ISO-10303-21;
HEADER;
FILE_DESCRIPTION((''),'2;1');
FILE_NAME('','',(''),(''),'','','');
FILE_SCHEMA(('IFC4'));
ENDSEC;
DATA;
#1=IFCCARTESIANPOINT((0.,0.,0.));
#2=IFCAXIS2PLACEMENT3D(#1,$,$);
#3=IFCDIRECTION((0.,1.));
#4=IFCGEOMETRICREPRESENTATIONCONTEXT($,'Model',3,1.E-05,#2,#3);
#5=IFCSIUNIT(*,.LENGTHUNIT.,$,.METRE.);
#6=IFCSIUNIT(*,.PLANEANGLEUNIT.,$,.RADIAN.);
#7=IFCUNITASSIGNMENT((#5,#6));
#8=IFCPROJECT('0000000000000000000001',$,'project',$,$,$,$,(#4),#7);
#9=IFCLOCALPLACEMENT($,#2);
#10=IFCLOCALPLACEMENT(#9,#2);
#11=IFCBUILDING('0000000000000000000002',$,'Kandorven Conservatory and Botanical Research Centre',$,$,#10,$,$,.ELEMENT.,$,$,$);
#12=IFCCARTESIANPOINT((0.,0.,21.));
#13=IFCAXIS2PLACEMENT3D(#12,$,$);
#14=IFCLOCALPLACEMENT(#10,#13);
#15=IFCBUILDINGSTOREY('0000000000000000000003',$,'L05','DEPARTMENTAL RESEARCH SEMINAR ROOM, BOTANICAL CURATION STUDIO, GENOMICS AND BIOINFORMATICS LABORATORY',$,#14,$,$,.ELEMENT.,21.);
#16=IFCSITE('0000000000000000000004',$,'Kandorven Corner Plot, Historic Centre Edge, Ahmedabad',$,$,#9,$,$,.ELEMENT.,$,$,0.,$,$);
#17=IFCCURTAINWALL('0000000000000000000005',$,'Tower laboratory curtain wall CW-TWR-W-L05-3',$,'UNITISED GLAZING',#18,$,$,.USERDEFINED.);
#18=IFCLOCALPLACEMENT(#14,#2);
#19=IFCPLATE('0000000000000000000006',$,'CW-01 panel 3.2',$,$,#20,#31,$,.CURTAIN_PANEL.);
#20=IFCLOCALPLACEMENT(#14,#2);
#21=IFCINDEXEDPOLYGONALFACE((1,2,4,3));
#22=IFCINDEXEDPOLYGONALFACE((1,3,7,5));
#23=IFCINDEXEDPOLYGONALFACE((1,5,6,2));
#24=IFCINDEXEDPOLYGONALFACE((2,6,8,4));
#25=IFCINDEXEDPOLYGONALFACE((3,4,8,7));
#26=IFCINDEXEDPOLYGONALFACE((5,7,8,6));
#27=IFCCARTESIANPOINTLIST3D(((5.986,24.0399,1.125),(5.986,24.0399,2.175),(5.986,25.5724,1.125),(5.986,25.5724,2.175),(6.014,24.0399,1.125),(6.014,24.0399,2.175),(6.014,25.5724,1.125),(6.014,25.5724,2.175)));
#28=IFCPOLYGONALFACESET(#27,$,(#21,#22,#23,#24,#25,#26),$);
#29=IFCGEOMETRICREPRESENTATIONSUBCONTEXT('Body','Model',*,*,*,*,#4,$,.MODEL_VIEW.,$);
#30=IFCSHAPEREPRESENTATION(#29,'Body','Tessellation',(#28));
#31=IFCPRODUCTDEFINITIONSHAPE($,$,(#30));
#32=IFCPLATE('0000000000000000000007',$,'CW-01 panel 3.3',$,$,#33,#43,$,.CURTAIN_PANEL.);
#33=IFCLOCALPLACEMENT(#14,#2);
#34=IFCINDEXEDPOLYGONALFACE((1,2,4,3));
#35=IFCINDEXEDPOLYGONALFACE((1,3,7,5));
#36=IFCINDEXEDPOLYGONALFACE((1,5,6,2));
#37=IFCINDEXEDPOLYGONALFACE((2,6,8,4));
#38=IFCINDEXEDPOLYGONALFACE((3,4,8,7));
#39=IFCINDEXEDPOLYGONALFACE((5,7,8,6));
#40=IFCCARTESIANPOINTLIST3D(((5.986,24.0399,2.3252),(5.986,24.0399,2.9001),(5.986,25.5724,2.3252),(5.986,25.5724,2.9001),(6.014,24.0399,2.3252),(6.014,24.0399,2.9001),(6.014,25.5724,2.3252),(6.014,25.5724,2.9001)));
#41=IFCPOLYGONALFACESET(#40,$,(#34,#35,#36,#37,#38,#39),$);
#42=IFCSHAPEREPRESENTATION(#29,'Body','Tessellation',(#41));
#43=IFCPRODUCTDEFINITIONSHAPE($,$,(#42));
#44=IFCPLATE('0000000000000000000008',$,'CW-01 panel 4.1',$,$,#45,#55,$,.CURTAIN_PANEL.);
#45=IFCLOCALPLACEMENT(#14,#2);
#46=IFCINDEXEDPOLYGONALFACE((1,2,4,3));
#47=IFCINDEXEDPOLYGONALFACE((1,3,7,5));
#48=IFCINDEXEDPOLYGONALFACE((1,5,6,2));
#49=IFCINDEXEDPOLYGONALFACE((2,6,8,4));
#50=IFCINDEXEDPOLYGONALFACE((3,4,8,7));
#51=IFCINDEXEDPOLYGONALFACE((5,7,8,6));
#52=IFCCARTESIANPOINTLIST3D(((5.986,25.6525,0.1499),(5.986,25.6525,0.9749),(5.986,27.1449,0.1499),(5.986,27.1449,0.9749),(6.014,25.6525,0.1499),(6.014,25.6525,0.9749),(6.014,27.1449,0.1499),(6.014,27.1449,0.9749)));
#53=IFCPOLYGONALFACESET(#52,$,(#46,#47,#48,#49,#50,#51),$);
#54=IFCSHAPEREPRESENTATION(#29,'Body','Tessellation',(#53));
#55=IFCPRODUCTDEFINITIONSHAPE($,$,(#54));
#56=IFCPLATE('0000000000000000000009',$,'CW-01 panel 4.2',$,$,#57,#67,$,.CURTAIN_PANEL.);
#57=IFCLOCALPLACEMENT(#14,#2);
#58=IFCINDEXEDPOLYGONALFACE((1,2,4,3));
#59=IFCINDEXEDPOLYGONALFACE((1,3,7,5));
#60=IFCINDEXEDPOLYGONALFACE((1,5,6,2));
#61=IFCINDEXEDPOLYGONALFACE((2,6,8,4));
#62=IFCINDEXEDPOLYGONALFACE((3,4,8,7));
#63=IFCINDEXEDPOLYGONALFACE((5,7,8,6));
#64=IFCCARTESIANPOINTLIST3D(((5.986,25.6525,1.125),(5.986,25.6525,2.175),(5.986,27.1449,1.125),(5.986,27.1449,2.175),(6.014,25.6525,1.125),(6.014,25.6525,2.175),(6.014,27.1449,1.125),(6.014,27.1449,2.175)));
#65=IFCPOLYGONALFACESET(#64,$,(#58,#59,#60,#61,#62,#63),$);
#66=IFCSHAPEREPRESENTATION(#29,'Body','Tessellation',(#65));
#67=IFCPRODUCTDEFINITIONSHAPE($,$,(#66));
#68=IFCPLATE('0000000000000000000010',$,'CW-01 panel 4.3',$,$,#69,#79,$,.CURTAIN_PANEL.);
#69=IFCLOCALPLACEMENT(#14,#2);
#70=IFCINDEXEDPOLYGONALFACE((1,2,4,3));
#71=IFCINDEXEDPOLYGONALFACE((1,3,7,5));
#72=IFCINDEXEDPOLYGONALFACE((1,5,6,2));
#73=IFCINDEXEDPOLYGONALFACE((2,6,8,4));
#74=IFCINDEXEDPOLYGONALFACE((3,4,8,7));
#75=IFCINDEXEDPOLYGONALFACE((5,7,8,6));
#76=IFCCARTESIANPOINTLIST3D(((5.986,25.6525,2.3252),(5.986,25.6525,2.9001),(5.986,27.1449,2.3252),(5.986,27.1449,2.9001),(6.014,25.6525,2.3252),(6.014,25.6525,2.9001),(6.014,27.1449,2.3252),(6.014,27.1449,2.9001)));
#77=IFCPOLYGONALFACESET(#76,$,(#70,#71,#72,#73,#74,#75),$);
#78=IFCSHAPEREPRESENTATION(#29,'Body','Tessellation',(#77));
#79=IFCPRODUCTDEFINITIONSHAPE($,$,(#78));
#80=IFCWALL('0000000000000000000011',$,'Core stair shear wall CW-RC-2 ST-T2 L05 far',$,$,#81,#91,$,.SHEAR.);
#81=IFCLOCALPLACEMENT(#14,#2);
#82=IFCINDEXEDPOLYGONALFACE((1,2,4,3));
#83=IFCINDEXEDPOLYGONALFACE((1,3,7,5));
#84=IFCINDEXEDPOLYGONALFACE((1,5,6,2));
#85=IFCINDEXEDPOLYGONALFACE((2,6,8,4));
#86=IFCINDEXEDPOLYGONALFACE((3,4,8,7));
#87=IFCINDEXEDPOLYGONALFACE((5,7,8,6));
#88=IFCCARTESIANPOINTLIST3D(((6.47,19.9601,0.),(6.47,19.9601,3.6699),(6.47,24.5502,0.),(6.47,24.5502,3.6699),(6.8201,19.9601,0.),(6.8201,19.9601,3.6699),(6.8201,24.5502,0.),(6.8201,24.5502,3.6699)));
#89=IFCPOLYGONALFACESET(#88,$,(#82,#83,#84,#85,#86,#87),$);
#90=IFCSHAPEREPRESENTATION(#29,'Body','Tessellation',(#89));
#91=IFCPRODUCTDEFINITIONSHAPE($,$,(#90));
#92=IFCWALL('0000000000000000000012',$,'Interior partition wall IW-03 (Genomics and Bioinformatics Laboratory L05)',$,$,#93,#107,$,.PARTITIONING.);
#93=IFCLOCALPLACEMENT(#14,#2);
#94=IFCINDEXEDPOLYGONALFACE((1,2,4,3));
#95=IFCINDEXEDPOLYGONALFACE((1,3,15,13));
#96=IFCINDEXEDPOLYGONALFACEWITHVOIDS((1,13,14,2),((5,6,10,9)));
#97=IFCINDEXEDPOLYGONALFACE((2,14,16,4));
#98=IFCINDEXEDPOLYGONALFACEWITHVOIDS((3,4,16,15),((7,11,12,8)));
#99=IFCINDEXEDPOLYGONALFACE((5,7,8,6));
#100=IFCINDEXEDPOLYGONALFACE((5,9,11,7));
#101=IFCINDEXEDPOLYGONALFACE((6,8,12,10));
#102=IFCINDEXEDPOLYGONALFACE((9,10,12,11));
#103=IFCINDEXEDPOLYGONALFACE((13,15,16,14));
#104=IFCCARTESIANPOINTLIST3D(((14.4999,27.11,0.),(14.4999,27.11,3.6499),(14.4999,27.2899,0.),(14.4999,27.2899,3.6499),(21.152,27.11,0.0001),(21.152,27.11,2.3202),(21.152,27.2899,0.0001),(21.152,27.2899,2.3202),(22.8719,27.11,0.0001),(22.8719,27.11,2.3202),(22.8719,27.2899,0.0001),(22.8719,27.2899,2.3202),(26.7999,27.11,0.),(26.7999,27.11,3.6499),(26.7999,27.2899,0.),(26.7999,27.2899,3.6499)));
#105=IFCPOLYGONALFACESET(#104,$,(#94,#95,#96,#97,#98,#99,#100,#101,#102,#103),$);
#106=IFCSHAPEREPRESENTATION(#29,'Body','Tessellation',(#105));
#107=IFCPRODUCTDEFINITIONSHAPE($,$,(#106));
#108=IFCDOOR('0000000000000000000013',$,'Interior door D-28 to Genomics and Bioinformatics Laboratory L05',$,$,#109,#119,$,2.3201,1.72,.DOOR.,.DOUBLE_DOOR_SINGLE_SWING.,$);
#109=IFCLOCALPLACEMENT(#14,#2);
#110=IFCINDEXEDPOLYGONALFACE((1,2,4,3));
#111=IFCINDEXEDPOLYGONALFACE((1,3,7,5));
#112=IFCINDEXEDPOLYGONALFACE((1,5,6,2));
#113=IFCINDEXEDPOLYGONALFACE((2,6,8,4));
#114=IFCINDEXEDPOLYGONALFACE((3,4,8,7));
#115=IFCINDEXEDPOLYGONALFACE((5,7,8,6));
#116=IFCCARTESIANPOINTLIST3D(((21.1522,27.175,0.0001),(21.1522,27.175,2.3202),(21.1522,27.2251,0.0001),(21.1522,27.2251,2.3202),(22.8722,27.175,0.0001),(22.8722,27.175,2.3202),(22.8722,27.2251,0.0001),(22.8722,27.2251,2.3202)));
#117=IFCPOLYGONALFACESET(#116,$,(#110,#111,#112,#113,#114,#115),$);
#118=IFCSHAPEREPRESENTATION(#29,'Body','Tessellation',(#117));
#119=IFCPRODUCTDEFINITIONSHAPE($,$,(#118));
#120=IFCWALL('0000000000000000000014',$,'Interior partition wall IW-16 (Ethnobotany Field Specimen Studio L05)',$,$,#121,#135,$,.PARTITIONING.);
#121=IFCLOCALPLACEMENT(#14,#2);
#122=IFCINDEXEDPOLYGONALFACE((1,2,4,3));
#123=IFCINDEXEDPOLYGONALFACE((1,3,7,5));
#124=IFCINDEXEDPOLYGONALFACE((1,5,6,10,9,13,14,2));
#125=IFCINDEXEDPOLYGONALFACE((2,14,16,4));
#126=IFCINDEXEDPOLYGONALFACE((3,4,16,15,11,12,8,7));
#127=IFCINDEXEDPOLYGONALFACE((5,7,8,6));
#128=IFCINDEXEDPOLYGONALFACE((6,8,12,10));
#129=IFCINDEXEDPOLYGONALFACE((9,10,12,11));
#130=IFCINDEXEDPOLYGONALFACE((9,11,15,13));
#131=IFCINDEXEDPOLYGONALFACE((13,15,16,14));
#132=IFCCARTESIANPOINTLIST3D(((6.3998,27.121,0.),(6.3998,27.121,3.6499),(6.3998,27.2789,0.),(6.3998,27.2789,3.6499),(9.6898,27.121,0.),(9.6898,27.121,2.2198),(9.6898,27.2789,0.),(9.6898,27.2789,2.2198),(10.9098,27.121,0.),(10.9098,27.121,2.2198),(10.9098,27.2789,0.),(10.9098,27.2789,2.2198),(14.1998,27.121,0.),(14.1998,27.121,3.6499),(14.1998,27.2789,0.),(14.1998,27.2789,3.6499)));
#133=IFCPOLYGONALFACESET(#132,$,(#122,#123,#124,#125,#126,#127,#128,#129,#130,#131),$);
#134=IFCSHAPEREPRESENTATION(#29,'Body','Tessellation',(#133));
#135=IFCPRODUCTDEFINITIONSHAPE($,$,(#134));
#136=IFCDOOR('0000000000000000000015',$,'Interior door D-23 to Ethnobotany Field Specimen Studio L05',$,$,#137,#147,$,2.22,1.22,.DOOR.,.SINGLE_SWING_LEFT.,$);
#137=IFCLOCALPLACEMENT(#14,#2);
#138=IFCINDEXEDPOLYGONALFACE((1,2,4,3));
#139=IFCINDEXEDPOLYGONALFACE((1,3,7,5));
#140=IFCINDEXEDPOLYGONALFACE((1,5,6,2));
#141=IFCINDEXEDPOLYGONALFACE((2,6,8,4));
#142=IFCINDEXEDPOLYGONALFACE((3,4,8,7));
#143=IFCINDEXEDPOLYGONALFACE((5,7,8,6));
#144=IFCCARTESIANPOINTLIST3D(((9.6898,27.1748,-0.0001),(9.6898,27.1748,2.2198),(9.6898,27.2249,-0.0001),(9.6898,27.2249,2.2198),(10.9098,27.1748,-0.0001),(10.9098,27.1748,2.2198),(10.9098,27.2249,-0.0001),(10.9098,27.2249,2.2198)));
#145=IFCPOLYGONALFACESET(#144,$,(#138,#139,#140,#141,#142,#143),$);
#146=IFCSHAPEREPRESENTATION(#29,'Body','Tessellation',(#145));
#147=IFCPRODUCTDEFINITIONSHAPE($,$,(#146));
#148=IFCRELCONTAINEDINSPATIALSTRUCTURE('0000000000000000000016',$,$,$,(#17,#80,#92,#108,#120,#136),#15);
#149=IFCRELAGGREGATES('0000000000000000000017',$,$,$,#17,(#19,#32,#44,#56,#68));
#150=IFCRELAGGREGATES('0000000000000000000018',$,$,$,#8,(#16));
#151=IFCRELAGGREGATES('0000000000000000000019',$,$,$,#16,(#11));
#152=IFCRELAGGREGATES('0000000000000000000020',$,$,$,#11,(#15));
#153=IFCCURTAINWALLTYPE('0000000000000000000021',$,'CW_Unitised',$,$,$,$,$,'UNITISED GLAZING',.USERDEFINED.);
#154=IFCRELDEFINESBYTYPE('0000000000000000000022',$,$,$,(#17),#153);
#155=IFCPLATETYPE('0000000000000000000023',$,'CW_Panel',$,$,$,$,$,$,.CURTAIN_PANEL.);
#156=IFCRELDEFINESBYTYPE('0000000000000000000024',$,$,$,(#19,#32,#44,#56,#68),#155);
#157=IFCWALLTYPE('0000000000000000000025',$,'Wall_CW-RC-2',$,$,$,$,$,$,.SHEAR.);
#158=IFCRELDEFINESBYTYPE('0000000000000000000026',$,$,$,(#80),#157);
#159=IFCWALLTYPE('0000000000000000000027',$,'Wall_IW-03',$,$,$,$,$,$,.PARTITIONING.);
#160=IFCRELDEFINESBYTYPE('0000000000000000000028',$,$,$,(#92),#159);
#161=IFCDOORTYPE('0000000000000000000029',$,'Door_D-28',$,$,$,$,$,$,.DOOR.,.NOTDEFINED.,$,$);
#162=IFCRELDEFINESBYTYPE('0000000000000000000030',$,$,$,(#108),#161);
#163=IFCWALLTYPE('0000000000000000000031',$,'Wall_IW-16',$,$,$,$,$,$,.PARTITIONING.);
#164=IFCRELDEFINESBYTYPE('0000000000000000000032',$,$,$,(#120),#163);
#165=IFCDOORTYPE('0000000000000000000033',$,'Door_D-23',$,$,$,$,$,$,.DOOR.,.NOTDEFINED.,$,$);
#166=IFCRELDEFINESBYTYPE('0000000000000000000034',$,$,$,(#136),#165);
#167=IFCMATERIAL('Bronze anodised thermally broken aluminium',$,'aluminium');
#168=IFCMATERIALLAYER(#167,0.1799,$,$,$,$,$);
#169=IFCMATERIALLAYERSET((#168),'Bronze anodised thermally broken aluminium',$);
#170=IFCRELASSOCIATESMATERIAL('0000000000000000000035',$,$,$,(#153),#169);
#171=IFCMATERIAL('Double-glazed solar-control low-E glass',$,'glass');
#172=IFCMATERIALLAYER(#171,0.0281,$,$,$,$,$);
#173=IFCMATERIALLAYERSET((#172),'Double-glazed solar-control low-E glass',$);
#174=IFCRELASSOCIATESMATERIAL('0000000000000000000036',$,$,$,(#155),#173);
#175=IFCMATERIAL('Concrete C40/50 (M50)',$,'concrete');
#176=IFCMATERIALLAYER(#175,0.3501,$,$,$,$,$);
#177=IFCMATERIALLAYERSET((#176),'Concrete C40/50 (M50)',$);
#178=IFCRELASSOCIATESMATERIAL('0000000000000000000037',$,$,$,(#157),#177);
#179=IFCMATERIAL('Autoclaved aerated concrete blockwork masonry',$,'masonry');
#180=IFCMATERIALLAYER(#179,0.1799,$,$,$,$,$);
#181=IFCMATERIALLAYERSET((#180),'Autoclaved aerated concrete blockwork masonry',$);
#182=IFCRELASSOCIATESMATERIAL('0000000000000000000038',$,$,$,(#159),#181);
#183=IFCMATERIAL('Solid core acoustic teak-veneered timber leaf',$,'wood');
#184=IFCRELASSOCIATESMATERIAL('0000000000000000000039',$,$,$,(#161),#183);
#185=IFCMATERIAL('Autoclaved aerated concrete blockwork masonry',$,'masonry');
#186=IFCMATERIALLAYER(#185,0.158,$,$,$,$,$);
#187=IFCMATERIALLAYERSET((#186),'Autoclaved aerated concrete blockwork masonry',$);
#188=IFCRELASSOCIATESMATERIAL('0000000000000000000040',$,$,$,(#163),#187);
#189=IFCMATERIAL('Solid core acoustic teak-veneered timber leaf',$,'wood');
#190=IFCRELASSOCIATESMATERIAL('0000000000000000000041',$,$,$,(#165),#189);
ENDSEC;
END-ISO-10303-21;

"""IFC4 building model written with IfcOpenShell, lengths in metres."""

from ifc_helpers import new_model, si_unit, direction, frame, frame_2d, origin, origin_2d, place, context, subcontext, project, spatial, rectangle, extrude, material, layer, layer_set, type_object, element, fill, aggregate, save


model = new_model("IFC4")

# Units and contexts
model_context = context("Model", 3, precision=1e-05, world=origin(), true_north=direction((0.0, 1.0)))
body_context = subcontext(model_context, "Body", "Model", "MODEL_VIEW")
ifc_project = project(units=[si_unit("LENGTHUNIT", "METRE"), si_unit("PLANEANGLEUNIT", "RADIAN")], contexts=[model_context])

# Site, building, storey
site_placement = place(None, origin())
site = spatial("IfcSite", under=ifc_project, at=site_placement, Name="Kandorven Corner Plot, Historic Centre Edge, Ahmedabad", CompositionType="ELEMENT", RefElevation=0.0)
building_placement = place(site_placement, origin())
building = spatial("IfcBuilding", under=site, at=building_placement, Name="Kandorven Conservatory and Botanical Research Centre", CompositionType="ELEMENT")
storey_placement = place(building_placement, frame((0.0, 0.0, 21.0)))
storey = spatial("IfcBuildingStorey", under=building, at=storey_placement, Name="L05", Description="DEPARTMENTAL RESEARCH SEMINAR ROOM, BOTANICAL CURATION STUDIO, GENOMICS AND BIOINFORMATICS LABORATORY", CompositionType="ELEMENT", Elevation=21.0)

# Curtain wall, plates
ifc_material_1 = material(Name="Bronze anodised thermally broken aluminium", Category="aluminium")
ifc_layer_1 = layer(ifc_material_1, 0.1799)
ifc_layer_set_1 = layer_set([ifc_layer_1], Name="Bronze anodised thermally broken aluminium")
curtain_wall_type = type_object("IfcCurtainWallType", Name="CW_Unitised", ElementType="UNITISED GLAZING", PredefinedType="USERDEFINED", material=ifc_layer_set_1)
curtain_wall_placement = place(storey_placement, origin())
curtain_wall = element("IfcCurtainWall", 1, at=curtain_wall_placement, inside=storey, type_object=curtain_wall_type, Name="Tower laboratory curtain wall CW-TWR-W-L05-3", ObjectType="UNITISED GLAZING", PredefinedType="USERDEFINED")
ifc_material_2 = material(Name="Double-glazed solar-control low-E glass", Category="glass")
ifc_layer_2 = layer(ifc_material_2, 0.0281)
ifc_layer_set_2 = layer_set([ifc_layer_2], Name="Double-glazed solar-control low-E glass")
plate_type = type_object("IfcPlateType", Name="CW_Panel", PredefinedType="CURTAIN_PANEL", material=ifc_layer_set_2)
plate_1_placement = place(storey_placement, frame((6.0, 24.8062, 1.125), z_axis=(0.0, 0.0, 1.0), x_axis=(0.0, 1.0, 0.0)))
plate_1 = element("IfcPlate", 2, at=plate_1_placement, type_object=plate_type, Name="CW-01 panel 3.2", PredefinedType="CURTAIN_PANEL", context=body_context, shape_type="SweptSolid", body=[
    extrude(rectangle(XDim=1.5325, YDim=0.0281, at=origin_2d()), origin(), (0.0, 0.0, 1.0), 1.05),
])
plate_2_placement = place(storey_placement, frame((6.0, 24.8062, 2.3252), z_axis=(0.0, 0.0, 1.0), x_axis=(0.0, 1.0, 0.0)))
plate_2 = element("IfcPlate", 3, at=plate_2_placement, type_object=plate_type, Name="CW-01 panel 3.3", PredefinedType="CURTAIN_PANEL", context=body_context, shape_type="SweptSolid", body=[
    extrude(rectangle(XDim=1.5325, YDim=0.0281, at=origin_2d()), origin(), (0.0, 0.0, 1.0), 0.575),
])
plate_3_placement = place(storey_placement, frame((6.0, 26.3987, 0.1499), z_axis=(0.0, 0.0, 1.0), x_axis=(0.0, 1.0, 0.0)))
plate_3 = element("IfcPlate", 4, at=plate_3_placement, type_object=plate_type, Name="CW-01 panel 4.1", PredefinedType="CURTAIN_PANEL", context=body_context, shape_type="SweptSolid", body=[
    extrude(rectangle(XDim=1.4924, YDim=0.0281, at=origin_2d()), origin(), (0.0, 0.0, 1.0), 0.825),
])
plate_4_placement = place(storey_placement, frame((6.0, 26.3987, 1.125), z_axis=(0.0, 0.0, 1.0), x_axis=(0.0, 1.0, 0.0)))
plate_4 = element("IfcPlate", 5, at=plate_4_placement, type_object=plate_type, Name="CW-01 panel 4.2", PredefinedType="CURTAIN_PANEL", context=body_context, shape_type="SweptSolid", body=[
    extrude(rectangle(XDim=1.4924, YDim=0.0281, at=origin_2d()), origin(), (0.0, 0.0, 1.0), 1.05),
])
plate_5_placement = place(storey_placement, frame((6.0, 26.3987, 2.3252), z_axis=(0.0, 0.0, 1.0), x_axis=(0.0, 1.0, 0.0)))
plate_5 = element("IfcPlate", 6, at=plate_5_placement, type_object=plate_type, Name="CW-01 panel 4.3", PredefinedType="CURTAIN_PANEL", context=body_context, shape_type="SweptSolid", body=[
    extrude(rectangle(XDim=1.4924, YDim=0.0281, at=origin_2d()), origin(), (0.0, 0.0, 1.0), 0.575),
])
aggregate(curtain_wall, [plate_1, plate_2, plate_3, plate_4, plate_5])

# Wall
ifc_material_3 = material(Name="Concrete C40/50 (M50)", Category="concrete")
ifc_layer_3 = layer(ifc_material_3, 0.3501)
ifc_layer_set_3 = layer_set([ifc_layer_3], Name="Concrete C40/50 (M50)")
wall_type_1 = type_object("IfcWallType", Name="Wall_CW-RC-2", PredefinedType="SHEAR", material=ifc_layer_set_3)
wall_1_placement = place(storey_placement, frame((6.645, 24.55, 0.0), z_axis=(0.0, 0.0, 1.0), x_axis=(0.0, -1.0, 0.0)))
element("IfcWall", 7, at=wall_1_placement, inside=storey, type_object=wall_type_1, Name="Core stair shear wall CW-RC-2 ST-T2 L05 far", PredefinedType="SHEAR", context=body_context, shape_type="SweptSolid", body=[
    extrude(rectangle(XDim=4.5901, YDim=0.3501, at=frame_2d((2.2949, 0.0))), origin(), (0.0, 0.0, 1.0), 3.6699),
])

# Walls, openings, doors
ifc_material_4 = material(Name="Autoclaved aerated concrete blockwork masonry", Category="masonry")
ifc_layer_4 = layer(ifc_material_4, 0.1799)
ifc_layer_set_4 = layer_set([ifc_layer_4], Name="Autoclaved aerated concrete blockwork masonry")
wall_type_2 = type_object("IfcWallType", Name="Wall_IW-03", PredefinedType="PARTITIONING", material=ifc_layer_set_4)
wall_2_placement = place(storey_placement, frame((14.5, 27.2, 0.0), z_axis=(0.0, 0.0, 1.0), x_axis=(1.0, 0.0, 0.0)))
wall_2 = element("IfcWall", 8, at=wall_2_placement, inside=storey, type_object=wall_type_2, Name="Interior partition wall IW-03 (Genomics and Bioinformatics Laboratory L05)", PredefinedType="PARTITIONING", context=body_context, shape_type="SweptSolid", body=[
    extrude(rectangle(XDim=12.3, YDim=0.1799, at=frame_2d((6.1499, 0.0))), origin(), (0.0, 0.0, 1.0), 3.6499),
])
opening_1_placement = place(wall_2_placement, frame((6.6521, 0.0, 0.0)))
opening_1 = element("IfcOpeningElement", 9, at=opening_1_placement, cuts=wall_2, PredefinedType="OPENING", context=body_context, shape_type="SweptSolid", body=[
    extrude(rectangle(XDim=1.72, YDim=2.3201, at=frame_2d((0.8599, 1.1602))), frame((0.0, 0.0999, 0.0), z_axis=(0.0, -1.0, 0.0), x_axis=(1.0, 0.0, 0.0)), (0.0, 0.0, 1.0), 0.2),
])
ifc_material_5 = material(Name="Solid core acoustic teak-veneered timber leaf", Category="wood")
door_type_1 = type_object("IfcDoorType", Name="Door_D-28", OperationType="NOTDEFINED", PredefinedType="DOOR", material=ifc_material_5)
door_1_placement = place(opening_1_placement, frame((1.72, 0.0, 0.0), z_axis=(0.0, 0.0, 1.0), x_axis=(-1.0, 0.0, 0.0)))
door_1 = element("IfcDoor", 10, at=door_1_placement, inside=storey, type_object=door_type_1, Name="Interior door D-28 to Genomics and Bioinformatics Laboratory L05", OperationType="DOUBLE_DOOR_SINGLE_SWING", OverallHeight=2.3201, OverallWidth=1.72, PredefinedType="DOOR", context=body_context, shape_type="SweptSolid", body=[
    extrude(rectangle(XDim=1.72, YDim=2.3201, at=frame_2d((0.8599, 1.1602))), frame((0.0, 0.0249, 0.0), z_axis=(0.0, -1.0, 0.0), x_axis=(1.0, 0.0, 0.0)), (0.0, 0.0, 1.0), 0.05),
])
fill(opening_1, door_1)
ifc_material_6 = material(Name="Autoclaved aerated concrete blockwork masonry", Category="masonry")
ifc_layer_5 = layer(ifc_material_6, 0.158)
ifc_layer_set_5 = layer_set([ifc_layer_5], Name="Autoclaved aerated concrete blockwork masonry")
wall_type_3 = type_object("IfcWallType", Name="Wall_IW-16", PredefinedType="PARTITIONING", material=ifc_layer_set_5)
wall_3_placement = place(storey_placement, frame((6.3999, 27.2, 0.0), z_axis=(0.0, 0.0, 1.0), x_axis=(1.0, 0.0, 0.0)))
wall_3 = element("IfcWall", 11, at=wall_3_placement, inside=storey, type_object=wall_type_3, Name="Interior partition wall IW-16 (Ethnobotany Field Specimen Studio L05)", PredefinedType="PARTITIONING", context=body_context, shape_type="SweptSolid", body=[
    extrude(rectangle(XDim=7.8, YDim=0.158, at=frame_2d((3.8999, 0.0))), origin(), (0.0, 0.0, 1.0), 3.6499),
])
opening_2_placement = place(wall_3_placement, frame((3.29, 0.0, 0.0)))
opening_2 = element("IfcOpeningElement", 12, at=opening_2_placement, cuts=wall_3, PredefinedType="OPENING", context=body_context, shape_type="SweptSolid", body=[
    extrude(rectangle(XDim=1.22, YDim=2.22, at=frame_2d((0.6099, 1.1099))), frame((0.0, 0.0889, 0.0), z_axis=(0.0, -1.0, 0.0), x_axis=(1.0, 0.0, 0.0)), (0.0, 0.0, 1.0), 0.178),
])
ifc_material_7 = material(Name="Solid core acoustic teak-veneered timber leaf", Category="wood")
door_type_2 = type_object("IfcDoorType", Name="Door_D-23", OperationType="NOTDEFINED", PredefinedType="DOOR", material=ifc_material_7)
door_2_placement = place(opening_2_placement, origin())
door_2 = element("IfcDoor", 13, at=door_2_placement, inside=storey, type_object=door_type_2, Name="Interior door D-23 to Ethnobotany Field Specimen Studio L05", OperationType="SINGLE_SWING_LEFT", OverallHeight=2.22, OverallWidth=1.22, PredefinedType="DOOR", context=body_context, shape_type="SweptSolid", body=[
    extrude(rectangle(XDim=1.22, YDim=2.22, at=frame_2d((0.6099, 1.1099))), frame((0.0, 0.0249, 0.0), z_axis=(0.0, -1.0, 0.0), x_axis=(1.0, 0.0, 0.0)), (0.0, 0.0, 1.0), 0.05),
])
fill(opening_2, door_2)

save(model, "model.ifc")
